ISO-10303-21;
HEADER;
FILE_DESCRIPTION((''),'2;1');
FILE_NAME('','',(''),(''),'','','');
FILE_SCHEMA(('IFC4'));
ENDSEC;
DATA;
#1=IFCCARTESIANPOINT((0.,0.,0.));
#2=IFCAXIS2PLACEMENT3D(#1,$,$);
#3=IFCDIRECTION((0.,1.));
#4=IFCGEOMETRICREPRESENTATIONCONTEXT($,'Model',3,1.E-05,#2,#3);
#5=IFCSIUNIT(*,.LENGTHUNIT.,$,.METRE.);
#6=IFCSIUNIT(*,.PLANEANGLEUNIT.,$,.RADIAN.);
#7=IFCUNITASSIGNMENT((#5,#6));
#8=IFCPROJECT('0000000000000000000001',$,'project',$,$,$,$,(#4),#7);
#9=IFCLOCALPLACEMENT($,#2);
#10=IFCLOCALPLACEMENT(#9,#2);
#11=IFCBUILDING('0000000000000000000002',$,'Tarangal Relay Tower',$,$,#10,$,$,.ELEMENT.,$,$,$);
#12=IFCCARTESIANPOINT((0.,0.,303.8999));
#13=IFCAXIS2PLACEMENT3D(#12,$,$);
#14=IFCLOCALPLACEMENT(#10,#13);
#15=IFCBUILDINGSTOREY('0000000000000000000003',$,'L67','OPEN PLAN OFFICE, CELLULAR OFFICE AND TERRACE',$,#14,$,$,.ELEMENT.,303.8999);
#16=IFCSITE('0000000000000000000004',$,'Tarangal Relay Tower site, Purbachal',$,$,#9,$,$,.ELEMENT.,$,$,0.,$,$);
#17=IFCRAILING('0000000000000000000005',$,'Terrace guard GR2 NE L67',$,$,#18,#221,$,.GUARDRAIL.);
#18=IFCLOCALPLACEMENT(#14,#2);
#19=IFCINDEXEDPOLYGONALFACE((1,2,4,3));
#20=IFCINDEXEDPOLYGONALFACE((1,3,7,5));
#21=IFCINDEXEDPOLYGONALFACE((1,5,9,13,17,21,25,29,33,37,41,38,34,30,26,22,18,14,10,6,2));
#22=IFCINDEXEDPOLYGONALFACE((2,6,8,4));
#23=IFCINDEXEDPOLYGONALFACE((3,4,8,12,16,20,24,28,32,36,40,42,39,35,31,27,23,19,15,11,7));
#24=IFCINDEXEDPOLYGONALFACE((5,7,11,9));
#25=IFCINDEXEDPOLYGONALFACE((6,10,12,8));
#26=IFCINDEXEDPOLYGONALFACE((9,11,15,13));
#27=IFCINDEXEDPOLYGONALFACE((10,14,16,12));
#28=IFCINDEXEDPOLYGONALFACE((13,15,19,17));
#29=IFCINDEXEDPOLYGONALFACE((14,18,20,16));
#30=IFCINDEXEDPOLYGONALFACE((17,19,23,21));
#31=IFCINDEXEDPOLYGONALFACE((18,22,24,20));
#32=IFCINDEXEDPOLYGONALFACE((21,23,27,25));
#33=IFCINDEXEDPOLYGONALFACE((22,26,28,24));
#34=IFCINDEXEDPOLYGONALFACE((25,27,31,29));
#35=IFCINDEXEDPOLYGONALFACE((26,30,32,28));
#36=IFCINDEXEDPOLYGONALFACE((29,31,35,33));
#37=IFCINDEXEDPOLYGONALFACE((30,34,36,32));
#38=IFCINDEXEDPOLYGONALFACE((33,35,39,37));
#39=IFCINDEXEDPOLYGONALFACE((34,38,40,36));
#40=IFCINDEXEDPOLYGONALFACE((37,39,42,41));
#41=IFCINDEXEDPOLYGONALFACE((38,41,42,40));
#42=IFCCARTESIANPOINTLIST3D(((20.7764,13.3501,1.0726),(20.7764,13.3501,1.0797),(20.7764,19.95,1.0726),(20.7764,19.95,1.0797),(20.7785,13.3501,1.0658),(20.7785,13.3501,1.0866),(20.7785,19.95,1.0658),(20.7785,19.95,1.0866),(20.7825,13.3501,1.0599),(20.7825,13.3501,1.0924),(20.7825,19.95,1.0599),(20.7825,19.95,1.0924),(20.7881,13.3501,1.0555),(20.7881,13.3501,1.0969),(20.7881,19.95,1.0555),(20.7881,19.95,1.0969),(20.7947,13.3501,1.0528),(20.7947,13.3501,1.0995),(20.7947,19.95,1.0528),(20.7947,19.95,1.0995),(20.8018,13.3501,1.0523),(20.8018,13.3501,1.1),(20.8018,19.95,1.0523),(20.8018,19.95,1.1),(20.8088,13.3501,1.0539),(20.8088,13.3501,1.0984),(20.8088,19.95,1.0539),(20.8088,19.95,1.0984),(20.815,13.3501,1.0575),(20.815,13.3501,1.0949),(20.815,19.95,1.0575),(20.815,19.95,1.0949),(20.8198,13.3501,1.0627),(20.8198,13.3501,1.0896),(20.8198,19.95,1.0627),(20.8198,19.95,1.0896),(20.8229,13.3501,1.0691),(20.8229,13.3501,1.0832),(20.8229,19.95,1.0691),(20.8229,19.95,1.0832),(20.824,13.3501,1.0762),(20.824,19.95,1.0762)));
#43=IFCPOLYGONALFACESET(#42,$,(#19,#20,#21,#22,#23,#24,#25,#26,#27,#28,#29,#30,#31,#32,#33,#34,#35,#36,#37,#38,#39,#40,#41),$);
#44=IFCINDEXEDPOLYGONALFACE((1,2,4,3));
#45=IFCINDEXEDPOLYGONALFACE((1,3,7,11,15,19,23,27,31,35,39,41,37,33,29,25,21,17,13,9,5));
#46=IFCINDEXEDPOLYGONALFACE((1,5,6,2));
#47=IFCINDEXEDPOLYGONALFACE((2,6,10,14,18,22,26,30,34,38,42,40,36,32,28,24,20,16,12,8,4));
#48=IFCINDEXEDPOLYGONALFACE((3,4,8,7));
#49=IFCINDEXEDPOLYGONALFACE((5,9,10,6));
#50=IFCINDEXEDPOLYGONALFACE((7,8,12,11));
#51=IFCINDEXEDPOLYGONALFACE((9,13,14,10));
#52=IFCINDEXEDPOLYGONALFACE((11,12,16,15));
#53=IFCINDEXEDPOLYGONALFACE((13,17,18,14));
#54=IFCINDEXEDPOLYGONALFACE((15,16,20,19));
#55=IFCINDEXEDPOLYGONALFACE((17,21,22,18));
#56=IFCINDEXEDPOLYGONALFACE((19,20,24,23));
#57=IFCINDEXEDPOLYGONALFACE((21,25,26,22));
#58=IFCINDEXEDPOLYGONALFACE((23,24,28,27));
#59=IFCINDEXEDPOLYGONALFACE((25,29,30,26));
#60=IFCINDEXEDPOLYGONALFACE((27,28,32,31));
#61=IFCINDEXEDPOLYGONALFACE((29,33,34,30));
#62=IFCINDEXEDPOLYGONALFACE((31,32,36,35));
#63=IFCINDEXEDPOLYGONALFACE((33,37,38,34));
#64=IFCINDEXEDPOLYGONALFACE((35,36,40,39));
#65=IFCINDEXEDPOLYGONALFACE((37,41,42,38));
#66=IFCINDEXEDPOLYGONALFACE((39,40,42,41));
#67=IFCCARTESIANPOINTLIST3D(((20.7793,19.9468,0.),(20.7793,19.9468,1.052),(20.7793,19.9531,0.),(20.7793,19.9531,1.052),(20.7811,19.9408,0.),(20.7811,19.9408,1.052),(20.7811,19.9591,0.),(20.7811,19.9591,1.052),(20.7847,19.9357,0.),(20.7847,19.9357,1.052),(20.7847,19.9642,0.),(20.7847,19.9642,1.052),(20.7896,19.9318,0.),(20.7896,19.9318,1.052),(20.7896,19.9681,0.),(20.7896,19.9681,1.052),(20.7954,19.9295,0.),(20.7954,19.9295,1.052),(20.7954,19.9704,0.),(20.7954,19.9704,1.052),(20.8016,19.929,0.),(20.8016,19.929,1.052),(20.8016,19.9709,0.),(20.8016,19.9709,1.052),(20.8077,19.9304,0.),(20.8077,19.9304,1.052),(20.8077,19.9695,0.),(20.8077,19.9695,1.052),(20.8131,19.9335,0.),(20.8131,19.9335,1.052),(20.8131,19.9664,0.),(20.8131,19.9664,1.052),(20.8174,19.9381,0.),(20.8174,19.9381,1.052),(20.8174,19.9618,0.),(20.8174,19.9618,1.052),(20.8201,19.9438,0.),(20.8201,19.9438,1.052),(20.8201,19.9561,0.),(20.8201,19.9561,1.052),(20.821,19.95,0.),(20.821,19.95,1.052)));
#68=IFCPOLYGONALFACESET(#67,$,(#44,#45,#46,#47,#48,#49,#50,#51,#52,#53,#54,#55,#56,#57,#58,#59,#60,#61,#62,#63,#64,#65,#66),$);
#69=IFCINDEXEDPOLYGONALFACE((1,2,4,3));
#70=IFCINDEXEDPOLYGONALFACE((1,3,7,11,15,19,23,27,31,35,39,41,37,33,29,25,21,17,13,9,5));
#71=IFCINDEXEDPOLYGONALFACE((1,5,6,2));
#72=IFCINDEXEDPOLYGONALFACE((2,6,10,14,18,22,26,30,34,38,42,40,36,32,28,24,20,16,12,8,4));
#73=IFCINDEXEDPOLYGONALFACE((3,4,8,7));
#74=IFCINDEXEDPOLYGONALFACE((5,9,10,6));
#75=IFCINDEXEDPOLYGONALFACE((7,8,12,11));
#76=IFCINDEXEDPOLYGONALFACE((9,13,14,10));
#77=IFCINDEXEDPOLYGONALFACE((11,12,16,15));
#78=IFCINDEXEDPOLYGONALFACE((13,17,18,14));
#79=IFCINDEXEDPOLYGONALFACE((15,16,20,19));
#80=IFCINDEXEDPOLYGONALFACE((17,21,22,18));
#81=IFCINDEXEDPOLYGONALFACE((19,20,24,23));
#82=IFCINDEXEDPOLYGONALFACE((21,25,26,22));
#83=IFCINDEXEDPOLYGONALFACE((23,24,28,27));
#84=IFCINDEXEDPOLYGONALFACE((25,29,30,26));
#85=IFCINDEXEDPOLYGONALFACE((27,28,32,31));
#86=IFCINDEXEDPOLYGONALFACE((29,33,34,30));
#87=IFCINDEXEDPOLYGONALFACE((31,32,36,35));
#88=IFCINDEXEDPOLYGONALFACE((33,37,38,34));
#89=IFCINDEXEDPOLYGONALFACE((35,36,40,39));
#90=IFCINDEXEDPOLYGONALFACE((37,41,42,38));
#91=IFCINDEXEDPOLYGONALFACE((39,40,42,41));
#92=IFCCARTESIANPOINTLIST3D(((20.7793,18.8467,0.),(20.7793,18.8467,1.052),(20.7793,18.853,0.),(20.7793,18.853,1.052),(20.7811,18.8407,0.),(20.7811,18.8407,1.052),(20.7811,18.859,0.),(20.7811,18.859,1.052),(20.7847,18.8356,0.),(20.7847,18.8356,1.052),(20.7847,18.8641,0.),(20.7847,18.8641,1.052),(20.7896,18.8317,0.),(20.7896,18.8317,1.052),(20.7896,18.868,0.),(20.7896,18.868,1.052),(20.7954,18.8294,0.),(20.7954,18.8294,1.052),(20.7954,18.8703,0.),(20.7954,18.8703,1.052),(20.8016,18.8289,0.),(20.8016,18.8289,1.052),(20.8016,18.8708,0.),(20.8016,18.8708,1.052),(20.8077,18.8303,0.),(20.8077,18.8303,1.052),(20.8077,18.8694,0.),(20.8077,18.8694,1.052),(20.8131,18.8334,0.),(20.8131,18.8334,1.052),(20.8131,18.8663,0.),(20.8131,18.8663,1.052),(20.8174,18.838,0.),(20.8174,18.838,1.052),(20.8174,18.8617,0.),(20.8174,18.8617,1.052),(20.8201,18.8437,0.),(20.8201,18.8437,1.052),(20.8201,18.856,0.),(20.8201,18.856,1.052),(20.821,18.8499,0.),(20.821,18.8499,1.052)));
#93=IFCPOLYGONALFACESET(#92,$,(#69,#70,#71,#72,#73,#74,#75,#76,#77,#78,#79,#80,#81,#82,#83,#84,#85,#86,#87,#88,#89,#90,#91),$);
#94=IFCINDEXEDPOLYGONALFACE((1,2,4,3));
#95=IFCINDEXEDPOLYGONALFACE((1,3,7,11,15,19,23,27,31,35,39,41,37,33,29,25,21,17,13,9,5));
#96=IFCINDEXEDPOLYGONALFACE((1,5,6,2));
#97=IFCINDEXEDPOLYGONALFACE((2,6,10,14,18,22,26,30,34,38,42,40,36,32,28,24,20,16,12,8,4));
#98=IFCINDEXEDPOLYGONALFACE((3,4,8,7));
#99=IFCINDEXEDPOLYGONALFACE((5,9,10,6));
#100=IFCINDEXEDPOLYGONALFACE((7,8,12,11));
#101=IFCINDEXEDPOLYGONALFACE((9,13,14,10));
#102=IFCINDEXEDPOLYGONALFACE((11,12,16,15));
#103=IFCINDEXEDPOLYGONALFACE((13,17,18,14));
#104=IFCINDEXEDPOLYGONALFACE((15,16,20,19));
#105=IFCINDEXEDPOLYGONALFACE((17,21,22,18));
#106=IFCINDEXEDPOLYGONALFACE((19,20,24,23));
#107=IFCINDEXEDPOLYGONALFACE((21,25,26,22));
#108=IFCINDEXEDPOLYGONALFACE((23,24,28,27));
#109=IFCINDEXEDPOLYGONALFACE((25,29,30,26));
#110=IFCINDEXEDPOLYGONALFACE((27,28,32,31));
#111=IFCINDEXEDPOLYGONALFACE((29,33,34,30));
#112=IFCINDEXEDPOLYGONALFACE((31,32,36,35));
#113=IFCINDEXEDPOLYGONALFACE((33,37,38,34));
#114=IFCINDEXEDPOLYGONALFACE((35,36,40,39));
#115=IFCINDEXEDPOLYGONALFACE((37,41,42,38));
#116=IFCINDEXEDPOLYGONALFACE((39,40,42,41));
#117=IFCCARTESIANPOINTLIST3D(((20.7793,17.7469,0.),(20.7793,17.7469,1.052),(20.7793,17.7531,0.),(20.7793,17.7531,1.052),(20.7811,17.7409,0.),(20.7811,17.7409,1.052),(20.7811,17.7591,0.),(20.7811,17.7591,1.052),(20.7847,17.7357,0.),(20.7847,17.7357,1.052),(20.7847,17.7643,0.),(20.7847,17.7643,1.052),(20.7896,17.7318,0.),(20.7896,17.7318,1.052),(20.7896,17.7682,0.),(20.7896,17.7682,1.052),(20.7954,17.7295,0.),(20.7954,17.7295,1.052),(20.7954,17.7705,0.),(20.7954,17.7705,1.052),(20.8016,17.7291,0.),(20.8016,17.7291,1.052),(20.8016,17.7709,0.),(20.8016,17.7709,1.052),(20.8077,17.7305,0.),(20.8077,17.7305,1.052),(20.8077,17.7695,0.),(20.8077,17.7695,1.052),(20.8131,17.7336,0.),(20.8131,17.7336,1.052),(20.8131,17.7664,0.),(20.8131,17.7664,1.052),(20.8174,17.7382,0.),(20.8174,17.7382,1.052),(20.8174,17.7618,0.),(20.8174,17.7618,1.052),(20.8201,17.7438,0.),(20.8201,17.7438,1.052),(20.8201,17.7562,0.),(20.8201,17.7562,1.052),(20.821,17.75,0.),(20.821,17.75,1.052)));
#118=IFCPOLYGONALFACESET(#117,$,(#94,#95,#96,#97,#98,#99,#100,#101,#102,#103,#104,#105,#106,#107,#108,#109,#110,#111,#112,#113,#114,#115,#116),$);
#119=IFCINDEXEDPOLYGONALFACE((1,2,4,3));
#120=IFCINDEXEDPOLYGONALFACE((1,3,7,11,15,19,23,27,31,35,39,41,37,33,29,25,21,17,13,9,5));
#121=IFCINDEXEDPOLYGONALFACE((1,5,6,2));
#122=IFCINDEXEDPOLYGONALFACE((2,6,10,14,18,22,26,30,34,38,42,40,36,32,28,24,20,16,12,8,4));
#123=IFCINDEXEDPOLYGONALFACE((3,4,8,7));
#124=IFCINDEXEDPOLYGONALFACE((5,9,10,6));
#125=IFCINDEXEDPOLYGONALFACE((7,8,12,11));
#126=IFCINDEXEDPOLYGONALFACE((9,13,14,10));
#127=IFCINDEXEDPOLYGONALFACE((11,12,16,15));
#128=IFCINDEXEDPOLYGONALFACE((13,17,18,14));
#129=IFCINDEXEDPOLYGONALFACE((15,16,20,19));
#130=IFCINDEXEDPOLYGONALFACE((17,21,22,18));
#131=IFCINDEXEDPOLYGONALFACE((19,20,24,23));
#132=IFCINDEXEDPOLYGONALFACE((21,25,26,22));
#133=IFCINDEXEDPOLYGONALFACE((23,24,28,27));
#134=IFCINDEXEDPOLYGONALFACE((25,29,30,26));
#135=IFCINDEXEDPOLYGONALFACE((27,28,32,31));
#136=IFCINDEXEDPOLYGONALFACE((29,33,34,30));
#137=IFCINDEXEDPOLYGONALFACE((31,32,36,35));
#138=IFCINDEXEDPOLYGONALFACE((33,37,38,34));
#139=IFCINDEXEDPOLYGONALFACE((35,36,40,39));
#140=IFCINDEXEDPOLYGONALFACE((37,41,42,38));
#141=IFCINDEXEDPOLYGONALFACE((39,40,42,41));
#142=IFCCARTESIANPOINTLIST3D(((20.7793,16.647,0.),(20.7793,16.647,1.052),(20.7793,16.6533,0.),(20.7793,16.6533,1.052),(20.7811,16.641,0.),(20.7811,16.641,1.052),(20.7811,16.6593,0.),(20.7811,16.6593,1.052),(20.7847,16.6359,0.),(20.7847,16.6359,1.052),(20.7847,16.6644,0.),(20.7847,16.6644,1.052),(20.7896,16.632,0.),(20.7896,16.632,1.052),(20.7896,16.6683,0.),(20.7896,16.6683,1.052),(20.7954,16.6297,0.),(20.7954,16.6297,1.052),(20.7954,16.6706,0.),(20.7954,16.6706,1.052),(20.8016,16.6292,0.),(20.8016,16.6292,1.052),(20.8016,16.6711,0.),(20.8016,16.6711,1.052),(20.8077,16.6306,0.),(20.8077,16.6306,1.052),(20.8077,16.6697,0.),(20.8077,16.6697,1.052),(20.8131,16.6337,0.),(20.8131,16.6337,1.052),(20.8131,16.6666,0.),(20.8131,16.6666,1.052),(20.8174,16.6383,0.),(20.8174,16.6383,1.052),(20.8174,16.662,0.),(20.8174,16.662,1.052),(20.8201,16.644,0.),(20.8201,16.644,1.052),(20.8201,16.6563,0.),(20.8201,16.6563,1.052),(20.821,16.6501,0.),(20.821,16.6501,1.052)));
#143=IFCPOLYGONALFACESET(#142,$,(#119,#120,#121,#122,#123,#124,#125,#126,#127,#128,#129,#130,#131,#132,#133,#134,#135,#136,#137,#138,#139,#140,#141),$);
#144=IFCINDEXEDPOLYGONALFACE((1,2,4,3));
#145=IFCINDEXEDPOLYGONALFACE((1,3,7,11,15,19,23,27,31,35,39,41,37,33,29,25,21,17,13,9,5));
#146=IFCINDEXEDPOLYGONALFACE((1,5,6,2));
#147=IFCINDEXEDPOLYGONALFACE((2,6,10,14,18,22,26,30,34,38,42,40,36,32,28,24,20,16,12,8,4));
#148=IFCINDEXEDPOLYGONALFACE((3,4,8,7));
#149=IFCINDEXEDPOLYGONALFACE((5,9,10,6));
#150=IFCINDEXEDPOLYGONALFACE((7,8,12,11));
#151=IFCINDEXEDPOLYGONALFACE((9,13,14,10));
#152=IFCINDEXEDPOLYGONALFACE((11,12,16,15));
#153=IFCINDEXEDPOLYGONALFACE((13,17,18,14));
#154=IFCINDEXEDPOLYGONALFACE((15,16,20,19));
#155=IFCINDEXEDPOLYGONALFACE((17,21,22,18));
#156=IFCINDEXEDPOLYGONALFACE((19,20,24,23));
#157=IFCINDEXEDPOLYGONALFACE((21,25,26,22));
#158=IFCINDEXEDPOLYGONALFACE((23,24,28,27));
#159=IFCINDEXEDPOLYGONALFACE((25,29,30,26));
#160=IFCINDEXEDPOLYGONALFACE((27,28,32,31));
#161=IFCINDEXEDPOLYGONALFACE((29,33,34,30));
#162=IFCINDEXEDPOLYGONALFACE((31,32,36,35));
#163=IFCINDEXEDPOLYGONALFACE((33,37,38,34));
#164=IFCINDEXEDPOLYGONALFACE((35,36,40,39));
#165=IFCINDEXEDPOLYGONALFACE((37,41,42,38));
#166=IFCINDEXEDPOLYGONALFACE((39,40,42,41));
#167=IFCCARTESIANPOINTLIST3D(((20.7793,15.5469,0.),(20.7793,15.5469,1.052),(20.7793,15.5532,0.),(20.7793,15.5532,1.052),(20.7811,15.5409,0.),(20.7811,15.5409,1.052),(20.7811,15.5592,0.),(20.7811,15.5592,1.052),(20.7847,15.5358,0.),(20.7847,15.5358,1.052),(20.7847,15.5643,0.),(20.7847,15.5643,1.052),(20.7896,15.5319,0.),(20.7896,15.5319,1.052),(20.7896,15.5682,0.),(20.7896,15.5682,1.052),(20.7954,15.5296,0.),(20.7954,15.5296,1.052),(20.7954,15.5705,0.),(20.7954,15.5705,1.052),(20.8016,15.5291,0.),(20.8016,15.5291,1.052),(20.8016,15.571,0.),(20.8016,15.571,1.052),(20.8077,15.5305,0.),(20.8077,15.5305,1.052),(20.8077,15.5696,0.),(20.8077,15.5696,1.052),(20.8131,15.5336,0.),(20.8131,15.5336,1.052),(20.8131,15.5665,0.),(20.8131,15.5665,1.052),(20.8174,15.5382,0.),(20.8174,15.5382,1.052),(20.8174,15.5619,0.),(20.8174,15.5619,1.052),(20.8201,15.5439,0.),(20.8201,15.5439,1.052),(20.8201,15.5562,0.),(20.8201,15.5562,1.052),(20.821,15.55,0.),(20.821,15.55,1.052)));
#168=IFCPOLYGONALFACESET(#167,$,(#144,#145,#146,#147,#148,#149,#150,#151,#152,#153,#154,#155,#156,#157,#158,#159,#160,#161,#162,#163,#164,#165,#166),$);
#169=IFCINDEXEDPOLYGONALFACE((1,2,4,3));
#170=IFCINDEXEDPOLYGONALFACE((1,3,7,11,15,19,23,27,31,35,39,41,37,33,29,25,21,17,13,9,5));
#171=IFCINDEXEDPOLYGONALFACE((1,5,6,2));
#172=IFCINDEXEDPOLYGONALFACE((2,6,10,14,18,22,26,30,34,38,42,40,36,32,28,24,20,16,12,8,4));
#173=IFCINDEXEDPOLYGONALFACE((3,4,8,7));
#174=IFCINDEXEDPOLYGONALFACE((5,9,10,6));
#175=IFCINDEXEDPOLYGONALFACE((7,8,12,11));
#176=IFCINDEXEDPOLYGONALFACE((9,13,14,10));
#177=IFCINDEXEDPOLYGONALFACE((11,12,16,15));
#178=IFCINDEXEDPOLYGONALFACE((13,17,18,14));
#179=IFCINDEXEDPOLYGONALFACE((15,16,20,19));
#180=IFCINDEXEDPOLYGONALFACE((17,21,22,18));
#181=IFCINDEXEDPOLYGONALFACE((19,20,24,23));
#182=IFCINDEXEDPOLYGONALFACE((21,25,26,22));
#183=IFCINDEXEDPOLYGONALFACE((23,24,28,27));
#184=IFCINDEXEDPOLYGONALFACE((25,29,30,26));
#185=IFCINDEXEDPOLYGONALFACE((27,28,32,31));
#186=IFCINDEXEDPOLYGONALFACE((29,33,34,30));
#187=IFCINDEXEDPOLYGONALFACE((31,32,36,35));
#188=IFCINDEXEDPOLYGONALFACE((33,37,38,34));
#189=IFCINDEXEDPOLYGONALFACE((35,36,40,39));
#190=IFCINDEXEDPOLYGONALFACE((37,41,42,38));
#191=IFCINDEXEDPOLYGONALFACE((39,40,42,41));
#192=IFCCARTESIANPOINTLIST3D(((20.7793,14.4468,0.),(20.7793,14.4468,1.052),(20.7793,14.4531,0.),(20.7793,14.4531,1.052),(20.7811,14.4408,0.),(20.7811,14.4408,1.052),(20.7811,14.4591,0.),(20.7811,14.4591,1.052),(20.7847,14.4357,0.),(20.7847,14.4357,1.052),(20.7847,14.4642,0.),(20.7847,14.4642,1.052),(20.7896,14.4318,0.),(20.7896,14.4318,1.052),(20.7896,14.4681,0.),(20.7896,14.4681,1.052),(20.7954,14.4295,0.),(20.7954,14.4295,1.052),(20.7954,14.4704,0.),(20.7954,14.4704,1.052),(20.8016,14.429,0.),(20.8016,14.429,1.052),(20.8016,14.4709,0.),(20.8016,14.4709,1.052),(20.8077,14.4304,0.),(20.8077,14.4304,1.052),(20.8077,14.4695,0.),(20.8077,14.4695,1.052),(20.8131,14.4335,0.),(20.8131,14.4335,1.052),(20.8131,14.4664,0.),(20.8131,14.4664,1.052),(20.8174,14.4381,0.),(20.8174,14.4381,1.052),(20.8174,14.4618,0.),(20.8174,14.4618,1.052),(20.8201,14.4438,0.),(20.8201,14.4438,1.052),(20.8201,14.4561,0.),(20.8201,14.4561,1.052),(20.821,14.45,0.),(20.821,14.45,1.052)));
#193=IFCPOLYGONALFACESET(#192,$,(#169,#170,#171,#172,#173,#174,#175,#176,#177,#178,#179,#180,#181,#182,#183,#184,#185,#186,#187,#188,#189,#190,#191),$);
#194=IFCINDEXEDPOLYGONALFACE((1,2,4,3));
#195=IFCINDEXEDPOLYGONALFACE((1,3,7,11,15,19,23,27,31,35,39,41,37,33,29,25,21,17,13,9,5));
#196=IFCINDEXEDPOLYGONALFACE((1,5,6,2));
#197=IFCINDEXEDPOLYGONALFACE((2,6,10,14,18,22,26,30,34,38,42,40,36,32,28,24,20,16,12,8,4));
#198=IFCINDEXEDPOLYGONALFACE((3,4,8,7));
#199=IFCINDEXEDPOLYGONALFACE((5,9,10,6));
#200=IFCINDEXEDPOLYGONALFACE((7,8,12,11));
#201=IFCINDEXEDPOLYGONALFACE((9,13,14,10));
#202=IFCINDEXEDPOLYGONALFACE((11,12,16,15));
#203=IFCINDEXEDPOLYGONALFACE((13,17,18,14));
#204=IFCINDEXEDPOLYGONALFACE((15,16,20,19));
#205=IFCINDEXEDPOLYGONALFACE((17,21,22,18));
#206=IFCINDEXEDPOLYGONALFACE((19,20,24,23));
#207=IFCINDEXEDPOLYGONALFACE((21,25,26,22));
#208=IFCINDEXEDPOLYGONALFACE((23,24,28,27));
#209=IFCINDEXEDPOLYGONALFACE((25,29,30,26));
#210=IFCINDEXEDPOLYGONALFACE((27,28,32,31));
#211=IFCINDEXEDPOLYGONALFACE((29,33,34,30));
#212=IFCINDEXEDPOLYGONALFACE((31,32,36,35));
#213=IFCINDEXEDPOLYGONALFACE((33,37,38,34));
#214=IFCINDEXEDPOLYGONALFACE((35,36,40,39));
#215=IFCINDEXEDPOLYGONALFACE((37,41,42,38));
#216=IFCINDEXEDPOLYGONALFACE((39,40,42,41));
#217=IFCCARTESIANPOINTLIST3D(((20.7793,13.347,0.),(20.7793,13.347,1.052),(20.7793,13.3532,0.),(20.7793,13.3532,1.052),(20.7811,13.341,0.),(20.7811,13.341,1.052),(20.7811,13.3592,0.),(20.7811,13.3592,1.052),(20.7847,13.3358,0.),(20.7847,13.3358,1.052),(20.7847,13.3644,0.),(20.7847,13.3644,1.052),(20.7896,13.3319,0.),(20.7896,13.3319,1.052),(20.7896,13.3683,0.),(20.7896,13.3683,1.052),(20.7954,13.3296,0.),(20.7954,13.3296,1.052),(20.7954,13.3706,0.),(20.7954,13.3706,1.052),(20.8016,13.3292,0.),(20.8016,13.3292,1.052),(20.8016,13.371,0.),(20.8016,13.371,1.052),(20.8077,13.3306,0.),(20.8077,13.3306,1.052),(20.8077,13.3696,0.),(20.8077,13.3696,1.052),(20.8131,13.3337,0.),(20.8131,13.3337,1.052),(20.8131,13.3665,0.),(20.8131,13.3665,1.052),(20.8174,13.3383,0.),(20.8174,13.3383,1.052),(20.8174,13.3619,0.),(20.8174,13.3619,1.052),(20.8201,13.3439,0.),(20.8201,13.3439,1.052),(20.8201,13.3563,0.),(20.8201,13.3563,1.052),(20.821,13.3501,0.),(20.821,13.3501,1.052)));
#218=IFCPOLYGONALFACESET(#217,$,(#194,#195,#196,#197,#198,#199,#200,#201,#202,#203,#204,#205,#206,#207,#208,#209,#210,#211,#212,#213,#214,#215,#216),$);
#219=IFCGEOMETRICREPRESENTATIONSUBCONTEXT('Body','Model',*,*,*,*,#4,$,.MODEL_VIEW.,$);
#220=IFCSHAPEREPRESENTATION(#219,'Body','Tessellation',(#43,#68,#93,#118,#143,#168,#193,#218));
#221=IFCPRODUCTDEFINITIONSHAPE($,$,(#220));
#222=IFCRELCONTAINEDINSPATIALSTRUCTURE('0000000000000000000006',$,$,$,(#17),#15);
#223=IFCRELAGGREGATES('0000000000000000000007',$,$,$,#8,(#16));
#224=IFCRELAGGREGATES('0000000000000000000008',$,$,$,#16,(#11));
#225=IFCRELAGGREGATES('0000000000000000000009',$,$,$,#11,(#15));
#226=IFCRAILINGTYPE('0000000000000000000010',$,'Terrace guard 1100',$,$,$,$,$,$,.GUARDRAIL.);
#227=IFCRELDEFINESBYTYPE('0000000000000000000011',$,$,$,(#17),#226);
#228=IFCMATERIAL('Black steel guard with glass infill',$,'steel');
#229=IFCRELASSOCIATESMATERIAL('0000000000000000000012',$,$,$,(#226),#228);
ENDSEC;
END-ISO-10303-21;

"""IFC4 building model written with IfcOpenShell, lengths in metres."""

from ifc_helpers import new_model, si_unit, direction, frame, origin, origin_2d, place, context, subcontext, project, spatial, circle, extrude, material, type_object, element, save


model = new_model("IFC4")

# Units and contexts
model_context = context("Model", 3, precision=1e-05, world=origin(), true_north=direction((0.0, 1.0)))
body_context = subcontext(model_context, "Body", "Model", "MODEL_VIEW")
ifc_project = project(units=[si_unit("LENGTHUNIT", "METRE"), si_unit("PLANEANGLEUNIT", "RADIAN")], contexts=[model_context])

# Site, building, storey
site_placement = place(None, origin())
site = spatial("IfcSite", under=ifc_project, at=site_placement, Name="Tarangal Relay Tower site, Purbachal", CompositionType="ELEMENT", RefElevation=0.0)
building_placement = place(site_placement, origin())
building = spatial("IfcBuilding", under=site, at=building_placement, Name="Tarangal Relay Tower", CompositionType="ELEMENT")
storey_placement = place(building_placement, frame((0.0, 0.0, 303.8999)))
storey = spatial("IfcBuildingStorey", under=building, at=storey_placement, Name="L67", Description="OPEN PLAN OFFICE, CELLULAR OFFICE AND TERRACE", CompositionType="ELEMENT", Elevation=303.8999)

# Railing
ifc_material_1 = material(Name="Black steel guard with glass infill", Category="steel")
railing_type = type_object("IfcRailingType", Name="Terrace guard 1100", PredefinedType="GUARDRAIL", material=ifc_material_1)
railing_1_placement = place(storey_placement, frame((20.8, 19.95, 0.0)))
element("IfcRailing", 1, at=railing_1_placement, inside=storey, type_object=railing_type, Name="Terrace guard GR2 NE L67", PredefinedType="GUARDRAIL", context=body_context, shape_type="SweptSolid", body=[
    extrude(circle(Radius=0.0239, at=origin_2d()), frame((0.0, 0.0, 1.0762), z_axis=(0.0, -1.0, 0.0), x_axis=(1.0, 0.0, 0.0)), (0.0, 0.0, 1.0), 6.5999),
    extrude(circle(Radius=0.021, at=origin_2d()), origin(), (0.0, 0.0, 1.0), 1.052),
    extrude(circle(Radius=0.021, at=origin_2d()), frame((0.0, -1.1001, 0.0)), (0.0, 0.0, 1.0), 1.052),
    extrude(circle(Radius=0.021, at=origin_2d()), frame((0.0, -2.2, 0.0)), (0.0, 0.0, 1.0), 1.052),
    extrude(circle(Radius=0.021, at=origin_2d()), frame((0.0, -3.2998, 0.0)), (0.0, 0.0, 1.0), 1.052),
    extrude(circle(Radius=0.021, at=origin_2d()), frame((0.0, -4.3999, 0.0)), (0.0, 0.0, 1.0), 1.052),
    extrude(circle(Radius=0.021, at=origin_2d()), frame((0.0, -5.5, 0.0)), (0.0, 0.0, 1.0), 1.052),
    extrude(circle(Radius=0.021, at=origin_2d()), frame((0.0, -6.5999, 0.0)), (0.0, 0.0, 1.0), 1.052),
])

save(model, "model.ifc")
